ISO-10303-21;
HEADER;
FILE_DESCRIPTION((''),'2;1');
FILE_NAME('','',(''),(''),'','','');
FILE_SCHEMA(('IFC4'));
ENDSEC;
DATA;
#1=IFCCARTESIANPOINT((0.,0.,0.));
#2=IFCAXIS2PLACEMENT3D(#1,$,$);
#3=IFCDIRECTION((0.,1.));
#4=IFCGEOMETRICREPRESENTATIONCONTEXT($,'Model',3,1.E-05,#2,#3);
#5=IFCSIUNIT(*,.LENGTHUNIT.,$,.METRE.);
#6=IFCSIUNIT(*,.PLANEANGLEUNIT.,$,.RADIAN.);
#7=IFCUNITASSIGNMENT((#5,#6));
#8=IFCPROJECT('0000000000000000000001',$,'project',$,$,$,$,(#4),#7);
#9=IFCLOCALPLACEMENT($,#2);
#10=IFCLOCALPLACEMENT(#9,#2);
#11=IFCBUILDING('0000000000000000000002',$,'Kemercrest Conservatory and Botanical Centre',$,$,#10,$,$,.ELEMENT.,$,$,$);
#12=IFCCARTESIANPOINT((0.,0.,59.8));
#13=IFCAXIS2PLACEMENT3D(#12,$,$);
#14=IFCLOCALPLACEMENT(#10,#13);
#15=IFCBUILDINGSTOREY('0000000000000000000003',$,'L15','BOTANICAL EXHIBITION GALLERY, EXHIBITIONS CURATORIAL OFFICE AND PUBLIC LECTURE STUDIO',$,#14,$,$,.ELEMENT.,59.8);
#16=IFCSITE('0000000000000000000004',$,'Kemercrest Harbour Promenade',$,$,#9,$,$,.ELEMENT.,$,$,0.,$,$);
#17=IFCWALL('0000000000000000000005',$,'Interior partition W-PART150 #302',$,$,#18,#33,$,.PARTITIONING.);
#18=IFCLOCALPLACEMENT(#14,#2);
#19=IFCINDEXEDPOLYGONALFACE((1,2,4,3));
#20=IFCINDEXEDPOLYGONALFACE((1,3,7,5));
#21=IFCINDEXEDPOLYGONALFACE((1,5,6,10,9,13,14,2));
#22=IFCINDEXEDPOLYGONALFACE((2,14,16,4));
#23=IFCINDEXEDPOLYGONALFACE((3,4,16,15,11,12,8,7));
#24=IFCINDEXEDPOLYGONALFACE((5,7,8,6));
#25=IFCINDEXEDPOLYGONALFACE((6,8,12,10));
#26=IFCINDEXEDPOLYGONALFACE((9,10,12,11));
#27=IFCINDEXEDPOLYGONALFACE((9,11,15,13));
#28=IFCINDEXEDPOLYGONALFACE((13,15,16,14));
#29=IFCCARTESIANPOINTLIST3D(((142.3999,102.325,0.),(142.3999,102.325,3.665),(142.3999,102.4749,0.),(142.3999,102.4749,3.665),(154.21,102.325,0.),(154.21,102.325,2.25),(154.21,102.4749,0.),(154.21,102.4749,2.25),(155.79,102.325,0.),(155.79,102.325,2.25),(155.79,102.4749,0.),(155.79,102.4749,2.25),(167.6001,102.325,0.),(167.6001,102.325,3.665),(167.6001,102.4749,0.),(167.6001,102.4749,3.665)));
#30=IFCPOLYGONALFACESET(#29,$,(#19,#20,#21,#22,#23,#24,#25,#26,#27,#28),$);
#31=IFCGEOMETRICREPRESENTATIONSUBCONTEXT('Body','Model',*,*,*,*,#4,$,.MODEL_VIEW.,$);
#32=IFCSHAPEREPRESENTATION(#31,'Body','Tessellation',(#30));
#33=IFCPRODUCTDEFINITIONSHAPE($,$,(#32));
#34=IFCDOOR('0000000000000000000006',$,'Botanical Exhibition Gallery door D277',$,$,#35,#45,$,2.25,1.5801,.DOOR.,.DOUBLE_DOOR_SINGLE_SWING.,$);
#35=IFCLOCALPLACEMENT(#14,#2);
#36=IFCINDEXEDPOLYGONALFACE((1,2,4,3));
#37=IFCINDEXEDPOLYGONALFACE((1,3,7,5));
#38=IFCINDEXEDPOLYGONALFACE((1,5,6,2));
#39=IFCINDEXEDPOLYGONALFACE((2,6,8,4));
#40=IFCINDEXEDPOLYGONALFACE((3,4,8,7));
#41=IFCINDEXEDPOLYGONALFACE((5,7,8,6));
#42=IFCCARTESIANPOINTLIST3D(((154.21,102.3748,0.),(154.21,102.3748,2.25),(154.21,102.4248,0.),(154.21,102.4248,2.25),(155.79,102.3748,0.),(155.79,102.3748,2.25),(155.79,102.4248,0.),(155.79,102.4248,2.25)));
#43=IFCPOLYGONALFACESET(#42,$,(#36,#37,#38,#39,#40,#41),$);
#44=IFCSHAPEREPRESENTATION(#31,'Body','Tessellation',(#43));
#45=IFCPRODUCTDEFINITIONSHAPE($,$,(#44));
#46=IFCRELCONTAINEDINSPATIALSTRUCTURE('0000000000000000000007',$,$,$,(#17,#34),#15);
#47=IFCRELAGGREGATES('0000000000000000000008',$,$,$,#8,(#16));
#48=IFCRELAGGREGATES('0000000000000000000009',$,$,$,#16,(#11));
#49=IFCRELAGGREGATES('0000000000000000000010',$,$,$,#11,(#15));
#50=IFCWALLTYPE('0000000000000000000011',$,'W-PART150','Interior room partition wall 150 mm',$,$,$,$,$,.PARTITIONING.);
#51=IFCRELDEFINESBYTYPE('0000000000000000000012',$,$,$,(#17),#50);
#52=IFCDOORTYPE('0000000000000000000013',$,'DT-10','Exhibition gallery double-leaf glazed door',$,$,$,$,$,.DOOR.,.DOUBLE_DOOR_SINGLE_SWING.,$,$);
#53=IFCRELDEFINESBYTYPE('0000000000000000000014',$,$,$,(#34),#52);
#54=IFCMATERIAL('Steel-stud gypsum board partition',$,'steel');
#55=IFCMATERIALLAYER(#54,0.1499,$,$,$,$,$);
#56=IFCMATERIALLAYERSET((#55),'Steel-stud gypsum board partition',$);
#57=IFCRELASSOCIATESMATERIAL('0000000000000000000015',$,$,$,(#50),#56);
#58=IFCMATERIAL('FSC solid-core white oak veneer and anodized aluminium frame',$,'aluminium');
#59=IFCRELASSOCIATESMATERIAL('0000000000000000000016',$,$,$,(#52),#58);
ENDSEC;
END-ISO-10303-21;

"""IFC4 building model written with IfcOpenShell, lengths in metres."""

from ifc_helpers import new_model, si_unit, direction, frame, frame_2d, origin, place, context, subcontext, project, spatial, rectangle, extrude, material, layer, layer_set, type_object, element, fill, save


model = new_model("IFC4")

# Units and contexts
model_context = context("Model", 3, precision=1e-05, world=origin(), true_north=direction((0.0, 1.0)))
body_context = subcontext(model_context, "Body", "Model", "MODEL_VIEW")
ifc_project = project(units=[si_unit("LENGTHUNIT", "METRE"), si_unit("PLANEANGLEUNIT", "RADIAN")], contexts=[model_context])

# Site, building, storey
site_placement = place(None, origin())
site = spatial("IfcSite", under=ifc_project, at=site_placement, Name="Kemercrest Harbour Promenade", CompositionType="ELEMENT", RefElevation=0.0)
building_placement = place(site_placement, origin())
building = spatial("IfcBuilding", under=site, at=building_placement, Name="Kemercrest Conservatory and Botanical Centre", CompositionType="ELEMENT")
storey_placement = place(building_placement, frame((0.0, 0.0, 59.8)))
storey = spatial("IfcBuildingStorey", under=building, at=storey_placement, Name="L15", Description="BOTANICAL EXHIBITION GALLERY, EXHIBITIONS CURATORIAL OFFICE AND PUBLIC LECTURE STUDIO", CompositionType="ELEMENT", Elevation=59.8)

# Wall, opening, door
ifc_material_1 = material(Name="Steel-stud gypsum board partition", Category="steel")
ifc_layer_1 = layer(ifc_material_1, 0.1499)
ifc_layer_set_1 = layer_set([ifc_layer_1], Name="Steel-stud gypsum board partition")
wall_type = type_object("IfcWallType", Name="W-PART150", Description="Interior room partition wall 150 mm", PredefinedType="PARTITIONING", material=ifc_layer_set_1)
wall_placement = place(storey_placement, frame((142.3999, 102.3999, 0.0), z_axis=(0.0, 0.0, 1.0), x_axis=(1.0, 0.0, 0.0)))
wall = element("IfcWall", 1, at=wall_placement, inside=storey, type_object=wall_type, Name="Interior partition W-PART150 #302", PredefinedType="PARTITIONING", context=body_context, shape_type="SweptSolid", body=[
    extrude(rectangle(XDim=25.2002, YDim=0.1499, at=frame_2d((12.6001, 0.0))), origin(), (0.0, 0.0, 1.0), 3.665),
])
opening_placement = place(wall_placement, frame((11.8101, 0.0, 0.0)))
opening = element("IfcOpeningElement", 2, at=opening_placement, cuts=wall, PredefinedType="OPENING", context=body_context, shape_type="SweptSolid", body=[
    extrude(rectangle(XDim=1.5801, YDim=2.25, at=frame_2d((0.79, 1.125))), frame((0.0, 0.085, 0.0), z_axis=(0.0, -1.0, 0.0), x_axis=(1.0, 0.0, 0.0)), (0.0, 0.0, 1.0), 0.1699),
])
ifc_material_2 = material(Name="FSC solid-core white oak veneer and anodized aluminium frame", Category="aluminium")
door_type = type_object("IfcDoorType", Name="DT-10", Description="Exhibition gallery double-leaf glazed door", OperationType="DOUBLE_DOOR_SINGLE_SWING", PredefinedType="DOOR", material=ifc_material_2)
door_placement = place(opening_placement, origin())
door = element("IfcDoor", 3, at=door_placement, inside=storey, type_object=door_type, Name="Botanical Exhibition Gallery door D277", OperationType="DOUBLE_DOOR_SINGLE_SWING", OverallHeight=2.25, OverallWidth=1.5801, PredefinedType="DOOR", context=body_context, shape_type="SweptSolid", body=[
    extrude(rectangle(XDim=1.5801, YDim=2.25, at=frame_2d((0.79, 1.125))), frame((0.0, 0.0249, 0.0), z_axis=(0.0, -1.0, 0.0), x_axis=(1.0, 0.0, 0.0)), (0.0, 0.0, 1.0), 0.05),
])
fill(opening, door)

save(model, "model.ifc")
